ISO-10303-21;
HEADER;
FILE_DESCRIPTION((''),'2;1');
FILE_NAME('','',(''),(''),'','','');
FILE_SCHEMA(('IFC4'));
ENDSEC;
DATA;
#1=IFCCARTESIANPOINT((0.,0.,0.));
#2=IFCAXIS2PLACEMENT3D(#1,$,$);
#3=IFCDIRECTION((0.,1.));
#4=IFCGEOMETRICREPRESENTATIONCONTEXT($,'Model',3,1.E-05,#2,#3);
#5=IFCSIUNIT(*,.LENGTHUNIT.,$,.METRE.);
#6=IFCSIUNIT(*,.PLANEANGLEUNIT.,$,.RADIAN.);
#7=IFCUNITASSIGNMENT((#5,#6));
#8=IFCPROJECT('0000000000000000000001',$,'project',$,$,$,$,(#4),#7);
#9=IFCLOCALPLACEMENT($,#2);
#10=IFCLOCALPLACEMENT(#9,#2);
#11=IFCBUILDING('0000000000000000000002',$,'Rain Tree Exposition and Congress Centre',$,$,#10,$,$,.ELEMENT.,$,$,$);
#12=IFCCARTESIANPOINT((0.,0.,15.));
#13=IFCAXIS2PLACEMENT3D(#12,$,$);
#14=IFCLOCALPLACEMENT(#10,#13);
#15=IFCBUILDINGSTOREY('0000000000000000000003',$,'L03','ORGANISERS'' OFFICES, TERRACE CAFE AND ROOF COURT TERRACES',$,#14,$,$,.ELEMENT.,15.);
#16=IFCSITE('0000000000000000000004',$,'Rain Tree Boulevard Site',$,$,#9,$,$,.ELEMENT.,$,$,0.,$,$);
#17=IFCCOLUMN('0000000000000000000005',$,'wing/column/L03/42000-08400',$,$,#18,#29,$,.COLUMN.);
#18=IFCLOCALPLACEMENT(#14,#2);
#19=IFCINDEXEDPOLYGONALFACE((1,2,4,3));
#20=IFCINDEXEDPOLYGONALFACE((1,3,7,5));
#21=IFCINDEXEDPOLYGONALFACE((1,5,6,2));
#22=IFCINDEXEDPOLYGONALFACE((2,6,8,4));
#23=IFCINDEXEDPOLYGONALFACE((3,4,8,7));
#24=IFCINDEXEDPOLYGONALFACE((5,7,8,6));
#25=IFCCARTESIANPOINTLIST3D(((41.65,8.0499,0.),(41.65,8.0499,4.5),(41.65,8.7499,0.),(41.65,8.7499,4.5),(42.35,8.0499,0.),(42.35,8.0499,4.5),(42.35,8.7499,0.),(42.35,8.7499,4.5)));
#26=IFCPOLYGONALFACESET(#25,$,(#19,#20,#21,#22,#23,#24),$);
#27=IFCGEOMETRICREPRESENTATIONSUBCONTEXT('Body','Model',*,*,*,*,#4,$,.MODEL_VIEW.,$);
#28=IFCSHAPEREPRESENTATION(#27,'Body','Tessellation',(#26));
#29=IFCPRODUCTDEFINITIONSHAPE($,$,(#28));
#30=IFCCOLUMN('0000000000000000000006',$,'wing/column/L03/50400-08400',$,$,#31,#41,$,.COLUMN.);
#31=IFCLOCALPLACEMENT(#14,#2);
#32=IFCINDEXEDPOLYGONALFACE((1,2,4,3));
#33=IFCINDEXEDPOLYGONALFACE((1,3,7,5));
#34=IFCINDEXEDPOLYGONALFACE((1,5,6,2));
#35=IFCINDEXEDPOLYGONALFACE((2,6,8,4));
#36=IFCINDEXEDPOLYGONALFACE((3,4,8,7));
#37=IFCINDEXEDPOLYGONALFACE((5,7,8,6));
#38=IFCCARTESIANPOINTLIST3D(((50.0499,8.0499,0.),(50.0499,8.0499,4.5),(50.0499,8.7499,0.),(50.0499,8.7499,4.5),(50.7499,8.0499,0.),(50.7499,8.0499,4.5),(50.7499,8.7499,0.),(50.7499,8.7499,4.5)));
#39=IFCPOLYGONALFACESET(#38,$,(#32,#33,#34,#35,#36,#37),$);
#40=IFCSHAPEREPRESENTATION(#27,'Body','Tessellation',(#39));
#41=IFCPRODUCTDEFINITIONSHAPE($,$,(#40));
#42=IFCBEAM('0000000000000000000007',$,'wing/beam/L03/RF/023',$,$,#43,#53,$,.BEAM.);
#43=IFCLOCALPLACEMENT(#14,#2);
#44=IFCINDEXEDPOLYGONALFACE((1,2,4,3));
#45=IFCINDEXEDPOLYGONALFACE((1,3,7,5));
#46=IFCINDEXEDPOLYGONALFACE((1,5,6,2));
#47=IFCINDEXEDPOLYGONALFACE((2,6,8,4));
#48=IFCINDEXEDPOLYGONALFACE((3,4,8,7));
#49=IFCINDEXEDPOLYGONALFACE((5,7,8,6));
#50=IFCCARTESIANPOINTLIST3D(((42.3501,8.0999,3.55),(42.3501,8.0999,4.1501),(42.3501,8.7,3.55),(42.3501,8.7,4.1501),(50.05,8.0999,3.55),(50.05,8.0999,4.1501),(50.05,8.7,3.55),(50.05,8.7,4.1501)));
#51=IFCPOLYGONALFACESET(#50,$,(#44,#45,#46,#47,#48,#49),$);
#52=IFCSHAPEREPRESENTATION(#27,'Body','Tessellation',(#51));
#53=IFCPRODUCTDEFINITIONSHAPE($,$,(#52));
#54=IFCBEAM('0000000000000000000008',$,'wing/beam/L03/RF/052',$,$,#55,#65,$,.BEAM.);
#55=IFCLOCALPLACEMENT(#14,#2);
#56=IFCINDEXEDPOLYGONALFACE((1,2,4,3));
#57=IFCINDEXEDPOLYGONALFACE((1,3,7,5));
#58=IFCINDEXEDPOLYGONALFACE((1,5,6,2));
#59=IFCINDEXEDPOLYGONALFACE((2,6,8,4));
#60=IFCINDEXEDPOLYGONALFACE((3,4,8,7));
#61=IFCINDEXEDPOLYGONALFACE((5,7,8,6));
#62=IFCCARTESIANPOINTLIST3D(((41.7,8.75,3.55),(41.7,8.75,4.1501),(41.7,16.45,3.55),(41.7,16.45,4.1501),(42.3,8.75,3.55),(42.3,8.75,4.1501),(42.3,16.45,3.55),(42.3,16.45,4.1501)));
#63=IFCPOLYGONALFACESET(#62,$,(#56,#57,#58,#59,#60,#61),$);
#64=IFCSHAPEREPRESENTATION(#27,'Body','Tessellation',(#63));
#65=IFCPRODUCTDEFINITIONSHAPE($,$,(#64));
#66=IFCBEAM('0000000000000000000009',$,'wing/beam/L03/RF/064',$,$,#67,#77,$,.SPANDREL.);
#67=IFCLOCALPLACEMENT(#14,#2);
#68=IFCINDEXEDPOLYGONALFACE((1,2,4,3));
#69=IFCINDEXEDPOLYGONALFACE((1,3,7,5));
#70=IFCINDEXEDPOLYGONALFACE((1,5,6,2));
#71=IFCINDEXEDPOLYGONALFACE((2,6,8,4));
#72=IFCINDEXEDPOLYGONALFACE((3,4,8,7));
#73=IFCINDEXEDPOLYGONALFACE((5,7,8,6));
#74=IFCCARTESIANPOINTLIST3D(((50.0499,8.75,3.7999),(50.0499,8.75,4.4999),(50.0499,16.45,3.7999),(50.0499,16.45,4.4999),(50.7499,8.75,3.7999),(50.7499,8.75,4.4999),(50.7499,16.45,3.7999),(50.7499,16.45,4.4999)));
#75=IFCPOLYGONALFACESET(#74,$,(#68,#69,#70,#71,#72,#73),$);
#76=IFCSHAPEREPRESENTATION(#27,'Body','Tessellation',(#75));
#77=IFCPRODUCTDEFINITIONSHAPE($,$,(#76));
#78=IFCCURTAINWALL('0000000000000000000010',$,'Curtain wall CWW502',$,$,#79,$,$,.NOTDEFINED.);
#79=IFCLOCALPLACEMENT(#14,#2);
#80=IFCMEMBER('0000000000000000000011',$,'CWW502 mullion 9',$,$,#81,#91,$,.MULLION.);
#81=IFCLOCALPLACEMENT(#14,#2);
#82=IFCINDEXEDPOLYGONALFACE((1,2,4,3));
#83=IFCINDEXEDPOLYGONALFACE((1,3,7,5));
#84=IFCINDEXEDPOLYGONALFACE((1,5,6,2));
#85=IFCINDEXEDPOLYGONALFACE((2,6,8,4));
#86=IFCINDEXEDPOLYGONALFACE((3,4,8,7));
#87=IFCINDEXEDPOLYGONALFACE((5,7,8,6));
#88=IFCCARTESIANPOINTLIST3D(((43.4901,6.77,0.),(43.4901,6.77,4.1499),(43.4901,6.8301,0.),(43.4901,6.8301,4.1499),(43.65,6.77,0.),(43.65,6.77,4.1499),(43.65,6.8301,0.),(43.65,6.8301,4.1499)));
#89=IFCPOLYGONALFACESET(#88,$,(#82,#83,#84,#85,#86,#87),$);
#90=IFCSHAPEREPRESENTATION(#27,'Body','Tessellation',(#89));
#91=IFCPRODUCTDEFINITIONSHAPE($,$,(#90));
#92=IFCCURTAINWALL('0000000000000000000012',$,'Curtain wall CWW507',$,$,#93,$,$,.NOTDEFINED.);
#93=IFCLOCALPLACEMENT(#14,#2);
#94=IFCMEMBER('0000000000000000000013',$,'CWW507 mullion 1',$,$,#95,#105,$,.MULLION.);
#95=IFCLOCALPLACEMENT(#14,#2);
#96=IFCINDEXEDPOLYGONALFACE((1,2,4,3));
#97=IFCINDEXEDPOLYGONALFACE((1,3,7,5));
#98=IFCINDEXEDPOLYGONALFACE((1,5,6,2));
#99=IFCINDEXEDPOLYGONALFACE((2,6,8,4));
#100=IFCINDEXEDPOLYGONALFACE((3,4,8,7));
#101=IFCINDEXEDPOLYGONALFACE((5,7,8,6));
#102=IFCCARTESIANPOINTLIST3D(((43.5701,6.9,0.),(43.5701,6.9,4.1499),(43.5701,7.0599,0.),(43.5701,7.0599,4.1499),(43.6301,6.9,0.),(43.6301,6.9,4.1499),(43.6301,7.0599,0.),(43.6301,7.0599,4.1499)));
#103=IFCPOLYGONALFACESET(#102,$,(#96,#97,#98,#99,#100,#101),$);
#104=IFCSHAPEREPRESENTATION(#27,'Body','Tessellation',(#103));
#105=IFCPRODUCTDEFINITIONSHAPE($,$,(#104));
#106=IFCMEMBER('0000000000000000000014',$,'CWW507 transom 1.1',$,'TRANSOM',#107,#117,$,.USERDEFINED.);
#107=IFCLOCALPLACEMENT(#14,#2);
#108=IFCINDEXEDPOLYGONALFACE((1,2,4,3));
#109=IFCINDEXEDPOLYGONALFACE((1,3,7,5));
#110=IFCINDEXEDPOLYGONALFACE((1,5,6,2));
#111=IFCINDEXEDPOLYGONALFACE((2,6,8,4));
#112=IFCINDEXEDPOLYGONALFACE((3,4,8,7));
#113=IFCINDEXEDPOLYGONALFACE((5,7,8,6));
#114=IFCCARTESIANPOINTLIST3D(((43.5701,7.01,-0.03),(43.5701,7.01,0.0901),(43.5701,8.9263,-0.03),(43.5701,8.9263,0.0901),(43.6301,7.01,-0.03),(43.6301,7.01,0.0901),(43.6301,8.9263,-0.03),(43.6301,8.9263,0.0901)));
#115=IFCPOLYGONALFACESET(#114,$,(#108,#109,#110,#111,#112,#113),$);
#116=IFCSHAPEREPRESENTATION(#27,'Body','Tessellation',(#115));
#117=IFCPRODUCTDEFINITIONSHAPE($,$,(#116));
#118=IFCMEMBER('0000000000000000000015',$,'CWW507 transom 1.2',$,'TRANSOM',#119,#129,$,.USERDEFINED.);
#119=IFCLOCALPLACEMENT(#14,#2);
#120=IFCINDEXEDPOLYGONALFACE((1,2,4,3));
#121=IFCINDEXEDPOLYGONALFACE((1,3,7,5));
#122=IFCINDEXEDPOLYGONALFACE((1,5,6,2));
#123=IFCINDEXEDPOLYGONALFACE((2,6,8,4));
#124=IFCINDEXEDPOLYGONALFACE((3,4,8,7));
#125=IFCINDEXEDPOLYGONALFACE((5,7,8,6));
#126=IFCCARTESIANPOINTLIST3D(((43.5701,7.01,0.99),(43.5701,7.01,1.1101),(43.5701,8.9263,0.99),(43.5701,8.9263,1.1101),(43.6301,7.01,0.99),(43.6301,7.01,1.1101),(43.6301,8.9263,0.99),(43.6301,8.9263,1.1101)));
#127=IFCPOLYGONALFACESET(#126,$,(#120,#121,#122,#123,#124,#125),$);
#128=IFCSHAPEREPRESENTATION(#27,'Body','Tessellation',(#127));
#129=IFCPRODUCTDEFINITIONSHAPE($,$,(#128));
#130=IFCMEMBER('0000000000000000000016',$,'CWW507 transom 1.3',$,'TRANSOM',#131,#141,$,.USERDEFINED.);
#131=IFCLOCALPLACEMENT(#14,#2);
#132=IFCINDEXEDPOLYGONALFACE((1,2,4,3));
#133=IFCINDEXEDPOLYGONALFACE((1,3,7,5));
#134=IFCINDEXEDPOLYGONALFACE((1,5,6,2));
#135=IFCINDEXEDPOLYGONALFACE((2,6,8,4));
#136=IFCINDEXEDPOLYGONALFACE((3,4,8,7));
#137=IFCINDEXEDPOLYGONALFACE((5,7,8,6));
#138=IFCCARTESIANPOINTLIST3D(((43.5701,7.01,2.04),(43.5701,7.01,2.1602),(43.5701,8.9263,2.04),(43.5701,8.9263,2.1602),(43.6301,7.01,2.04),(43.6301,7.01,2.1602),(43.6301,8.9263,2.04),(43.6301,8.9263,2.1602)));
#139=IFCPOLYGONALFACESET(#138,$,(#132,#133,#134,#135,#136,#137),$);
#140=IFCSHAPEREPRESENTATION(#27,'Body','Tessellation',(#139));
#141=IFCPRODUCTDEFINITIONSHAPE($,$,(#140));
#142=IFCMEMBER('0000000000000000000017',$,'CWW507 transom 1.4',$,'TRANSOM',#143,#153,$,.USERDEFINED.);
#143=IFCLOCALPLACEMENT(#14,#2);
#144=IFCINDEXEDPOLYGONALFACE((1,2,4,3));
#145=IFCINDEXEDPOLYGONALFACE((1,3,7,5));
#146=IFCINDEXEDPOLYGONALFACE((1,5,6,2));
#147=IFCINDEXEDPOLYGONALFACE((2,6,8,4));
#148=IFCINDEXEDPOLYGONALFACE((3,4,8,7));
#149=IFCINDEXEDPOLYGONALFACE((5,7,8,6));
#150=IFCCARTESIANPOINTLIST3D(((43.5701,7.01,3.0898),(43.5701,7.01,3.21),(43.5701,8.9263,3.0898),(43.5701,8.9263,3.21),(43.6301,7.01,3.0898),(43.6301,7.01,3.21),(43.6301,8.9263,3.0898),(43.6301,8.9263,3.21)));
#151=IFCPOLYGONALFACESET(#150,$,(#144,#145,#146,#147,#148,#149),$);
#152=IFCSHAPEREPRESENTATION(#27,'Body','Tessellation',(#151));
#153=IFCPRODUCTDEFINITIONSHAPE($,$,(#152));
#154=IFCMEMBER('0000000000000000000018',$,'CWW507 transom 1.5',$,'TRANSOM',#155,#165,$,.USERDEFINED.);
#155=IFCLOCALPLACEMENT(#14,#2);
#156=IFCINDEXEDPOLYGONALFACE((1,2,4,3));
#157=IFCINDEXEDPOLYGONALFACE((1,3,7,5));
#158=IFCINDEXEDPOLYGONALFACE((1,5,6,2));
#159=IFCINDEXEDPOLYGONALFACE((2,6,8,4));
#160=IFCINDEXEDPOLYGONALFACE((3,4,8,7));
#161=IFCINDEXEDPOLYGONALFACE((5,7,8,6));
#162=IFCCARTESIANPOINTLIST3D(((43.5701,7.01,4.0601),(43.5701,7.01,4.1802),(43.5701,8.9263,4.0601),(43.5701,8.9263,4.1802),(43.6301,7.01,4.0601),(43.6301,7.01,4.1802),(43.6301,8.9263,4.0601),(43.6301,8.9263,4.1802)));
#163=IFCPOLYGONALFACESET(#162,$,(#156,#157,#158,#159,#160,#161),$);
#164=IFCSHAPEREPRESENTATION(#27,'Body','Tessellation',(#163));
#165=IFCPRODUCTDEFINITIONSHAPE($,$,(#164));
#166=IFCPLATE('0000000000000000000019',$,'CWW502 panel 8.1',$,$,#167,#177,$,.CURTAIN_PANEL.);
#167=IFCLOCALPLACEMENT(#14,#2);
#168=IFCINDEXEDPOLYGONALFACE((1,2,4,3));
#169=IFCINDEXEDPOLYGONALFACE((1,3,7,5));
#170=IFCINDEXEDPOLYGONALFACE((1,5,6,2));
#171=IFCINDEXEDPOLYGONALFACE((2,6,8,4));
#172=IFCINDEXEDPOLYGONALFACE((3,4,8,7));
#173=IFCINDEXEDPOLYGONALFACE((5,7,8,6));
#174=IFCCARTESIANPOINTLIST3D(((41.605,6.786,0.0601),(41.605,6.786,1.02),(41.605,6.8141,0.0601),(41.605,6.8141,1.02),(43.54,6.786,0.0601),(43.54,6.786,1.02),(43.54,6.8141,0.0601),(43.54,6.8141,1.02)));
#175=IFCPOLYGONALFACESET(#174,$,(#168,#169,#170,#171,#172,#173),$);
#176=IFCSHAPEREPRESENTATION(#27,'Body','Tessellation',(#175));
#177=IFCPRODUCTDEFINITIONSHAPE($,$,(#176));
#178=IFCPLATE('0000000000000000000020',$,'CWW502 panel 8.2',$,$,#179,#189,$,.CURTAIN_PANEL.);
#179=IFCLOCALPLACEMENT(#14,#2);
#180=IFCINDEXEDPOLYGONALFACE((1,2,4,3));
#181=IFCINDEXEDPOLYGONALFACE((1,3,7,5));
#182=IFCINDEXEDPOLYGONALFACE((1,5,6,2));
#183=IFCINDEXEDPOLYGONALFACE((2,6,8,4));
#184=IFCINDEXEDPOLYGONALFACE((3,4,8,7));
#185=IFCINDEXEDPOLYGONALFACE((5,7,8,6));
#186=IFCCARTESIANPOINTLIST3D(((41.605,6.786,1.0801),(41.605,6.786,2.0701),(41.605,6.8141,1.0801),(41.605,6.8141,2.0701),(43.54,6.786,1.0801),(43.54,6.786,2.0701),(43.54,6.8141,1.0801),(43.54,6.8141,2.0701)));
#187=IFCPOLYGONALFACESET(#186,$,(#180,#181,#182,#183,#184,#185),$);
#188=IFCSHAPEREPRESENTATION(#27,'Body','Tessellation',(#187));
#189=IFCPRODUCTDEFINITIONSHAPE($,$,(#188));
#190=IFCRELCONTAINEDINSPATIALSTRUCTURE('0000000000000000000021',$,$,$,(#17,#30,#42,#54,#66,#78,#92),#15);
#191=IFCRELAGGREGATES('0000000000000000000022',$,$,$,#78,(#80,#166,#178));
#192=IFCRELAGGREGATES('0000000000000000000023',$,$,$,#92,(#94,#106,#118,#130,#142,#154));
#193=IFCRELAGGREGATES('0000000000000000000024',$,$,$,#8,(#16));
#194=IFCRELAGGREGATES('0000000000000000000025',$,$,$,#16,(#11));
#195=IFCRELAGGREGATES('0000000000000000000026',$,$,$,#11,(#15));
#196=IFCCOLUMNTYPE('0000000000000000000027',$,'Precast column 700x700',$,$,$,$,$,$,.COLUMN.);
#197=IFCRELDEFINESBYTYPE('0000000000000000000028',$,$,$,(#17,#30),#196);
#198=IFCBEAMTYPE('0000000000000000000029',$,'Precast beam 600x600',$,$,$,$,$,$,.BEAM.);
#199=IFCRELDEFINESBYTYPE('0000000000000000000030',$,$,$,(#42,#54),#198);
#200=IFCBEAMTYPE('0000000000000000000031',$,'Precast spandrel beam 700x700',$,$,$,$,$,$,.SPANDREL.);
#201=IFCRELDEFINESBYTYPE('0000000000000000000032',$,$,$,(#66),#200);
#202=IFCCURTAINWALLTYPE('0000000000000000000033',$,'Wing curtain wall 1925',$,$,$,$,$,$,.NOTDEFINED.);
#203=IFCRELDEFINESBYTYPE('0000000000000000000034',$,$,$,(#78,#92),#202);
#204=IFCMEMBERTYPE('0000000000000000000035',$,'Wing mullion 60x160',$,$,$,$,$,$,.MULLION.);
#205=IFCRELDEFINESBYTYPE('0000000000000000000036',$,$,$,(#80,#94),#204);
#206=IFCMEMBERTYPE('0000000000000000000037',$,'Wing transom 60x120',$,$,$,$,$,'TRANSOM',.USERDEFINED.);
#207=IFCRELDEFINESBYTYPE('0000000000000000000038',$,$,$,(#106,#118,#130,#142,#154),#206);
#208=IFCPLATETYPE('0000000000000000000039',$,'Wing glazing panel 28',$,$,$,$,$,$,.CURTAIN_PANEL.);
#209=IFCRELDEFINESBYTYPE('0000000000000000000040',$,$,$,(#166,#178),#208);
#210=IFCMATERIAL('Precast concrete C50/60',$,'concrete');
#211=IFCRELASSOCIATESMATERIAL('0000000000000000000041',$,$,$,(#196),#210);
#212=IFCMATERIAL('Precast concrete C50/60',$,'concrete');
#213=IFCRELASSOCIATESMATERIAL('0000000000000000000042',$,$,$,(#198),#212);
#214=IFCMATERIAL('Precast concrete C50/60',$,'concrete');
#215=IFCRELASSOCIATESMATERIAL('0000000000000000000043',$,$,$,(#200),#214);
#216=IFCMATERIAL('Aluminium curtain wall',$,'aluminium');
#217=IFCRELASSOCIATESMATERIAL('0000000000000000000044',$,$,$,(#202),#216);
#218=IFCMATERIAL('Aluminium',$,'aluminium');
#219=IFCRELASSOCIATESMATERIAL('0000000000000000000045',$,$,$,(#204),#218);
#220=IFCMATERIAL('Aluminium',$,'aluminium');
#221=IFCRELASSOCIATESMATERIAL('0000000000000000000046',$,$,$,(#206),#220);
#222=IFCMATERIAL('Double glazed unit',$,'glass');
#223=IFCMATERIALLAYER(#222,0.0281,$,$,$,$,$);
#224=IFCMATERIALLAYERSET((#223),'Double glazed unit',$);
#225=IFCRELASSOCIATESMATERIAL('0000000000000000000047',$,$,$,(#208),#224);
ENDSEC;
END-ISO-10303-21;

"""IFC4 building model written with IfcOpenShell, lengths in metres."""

from ifc_helpers import new_model, si_unit, direction, frame, origin, origin_2d, place, context, subcontext, project, spatial, rectangle, extrude, material, layer, layer_set, material_profile, profile_set, type_object, element, aggregate, save


model = new_model("IFC4")

# Units and contexts
model_context = context("Model", 3, precision=1e-05, world=origin(), true_north=direction((0.0, 1.0)))
body_context = subcontext(model_context, "Body", "Model", "MODEL_VIEW")
ifc_project = project(units=[si_unit("LENGTHUNIT", "METRE"), si_unit("PLANEANGLEUNIT", "RADIAN")], contexts=[model_context])

# Site, building, storey
site_placement = place(None, origin())
site = spatial("IfcSite", under=ifc_project, at=site_placement, Name="Rain Tree Boulevard Site", CompositionType="ELEMENT", RefElevation=0.0)
building_placement = place(site_placement, origin())
building = spatial("IfcBuilding", under=site, at=building_placement, Name="Rain Tree Exposition and Congress Centre", CompositionType="ELEMENT")
storey_placement = place(building_placement, frame((0.0, 0.0, 15.0)))
storey = spatial("IfcBuildingStorey", under=building, at=storey_placement, Name="L03", Description="ORGANISERS' OFFICES, TERRACE CAFE AND ROOF COURT TERRACES", CompositionType="ELEMENT", Elevation=15.0)

# Columns
ifc_material_1 = material(Name="Precast concrete C50/60", Category="concrete")
ifc_material_profile_1 = material_profile(ifc_material_1, rectangle(XDim=0.7, YDim=0.7, at=origin_2d()), Name="RC 700x700")
ifc_profile_set_1 = profile_set([ifc_material_profile_1], Name="Precast concrete C50/60")
column_type = type_object("IfcColumnType", Name="Precast column 700x700", PredefinedType="COLUMN", material=ifc_profile_set_1)
for number, where, z_axis, x_axis, name in (
    (1, (42.0, 8.3999, 0.0), (0.0, 0.0, 1.0), (1.0, 0.0, 0.0), "wing/column/L03/42000-08400"),
    (2, (50.3999, 8.3999, 0.0), (0.0, 0.0, 1.0), (1.0, 0.0, 0.0), "wing/column/L03/50400-08400"),
):
    element("IfcColumn", number, at=place(storey_placement, frame(where, z_axis=z_axis, x_axis=x_axis)), inside=storey, type_object=column_type, Name=name, PredefinedType="COLUMN", context=body_context, shape_type="SweptSolid", body=[
        extrude(rectangle(XDim=0.7, YDim=0.7, at=origin_2d()), origin(), (0.0, 0.0, 1.0), 4.5),
    ])

# Beams
ifc_material_2 = material(Name="Precast concrete C50/60", Category="concrete")
ifc_material_profile_2 = material_profile(ifc_material_2, rectangle(XDim=0.6001, YDim=0.6001, at=origin_2d()), Name="RC 600x600")
ifc_profile_set_2 = profile_set([ifc_material_profile_2], Name="Precast concrete C50/60")
beam_type_1 = type_object("IfcBeamType", Name="Precast beam 600x600", PredefinedType="BEAM", material=ifc_profile_set_2)
for number, where, z_axis, x_axis, name in (
    (3, (42.3501, 8.3999, 3.8501), (1.0, 0.0, 0.0), (0.0, 1.0, 0.0), "wing/beam/L03/RF/023"),
    (4, (42.0, 8.75, 3.8501), (0.0, 1.0, 0.0), (-1.0, 0.0, 0.0), "wing/beam/L03/RF/052"),
):
    element("IfcBeam", number, at=place(storey_placement, frame(where, z_axis=z_axis, x_axis=x_axis)), inside=storey, type_object=beam_type_1, Name=name, PredefinedType="BEAM", context=body_context, shape_type="SweptSolid", body=[
        extrude(rectangle(XDim=0.6001, YDim=0.6001, at=origin_2d()), origin(), (0.0, 0.0, 1.0), 7.7),
    ])
ifc_material_3 = material(Name="Precast concrete C50/60", Category="concrete")
ifc_material_profile_3 = material_profile(ifc_material_3, rectangle(XDim=0.7, YDim=0.7, at=origin_2d()), Name="RC 700x700")
ifc_profile_set_3 = profile_set([ifc_material_profile_3], Name="Precast concrete C50/60")
beam_type_2 = type_object("IfcBeamType", Name="Precast spandrel beam 700x700", PredefinedType="SPANDREL", material=ifc_profile_set_3)
beam_placement = place(storey_placement, frame((50.3999, 8.75, 4.1499), z_axis=(0.0, 1.0, 0.0), x_axis=(-1.0, 0.0, 0.0)))
element("IfcBeam", 5, at=beam_placement, inside=storey, type_object=beam_type_2, Name="wing/beam/L03/RF/064", PredefinedType="SPANDREL", context=body_context, shape_type="SweptSolid", body=[
    extrude(rectangle(XDim=0.7, YDim=0.7, at=origin_2d()), origin(), (0.0, 0.0, 1.0), 7.7),
])

# Curtain wall, member
ifc_material_4 = material(Name="Aluminium curtain wall", Category="aluminium")
curtain_wall_type = type_object("IfcCurtainWallType", Name="Wing curtain wall 1925", PredefinedType="NOTDEFINED", material=ifc_material_4)
curtain_wall_1_placement = place(storey_placement, origin())
curtain_wall_1 = element("IfcCurtainWall", 6, at=curtain_wall_1_placement, inside=storey, type_object=curtain_wall_type, Name="Curtain wall CWW502", PredefinedType="NOTDEFINED")
ifc_material_5 = material(Name="Aluminium", Category="aluminium")
ifc_material_profile_4 = material_profile(ifc_material_5, rectangle(XDim=0.0601, YDim=0.1599, at=origin_2d()), Name="Aluminium 60x160")
ifc_profile_set_4 = profile_set([ifc_material_profile_4], Name="Aluminium")
member_type_1 = type_object("IfcMemberType", Name="Wing mullion 60x160", PredefinedType="MULLION", material=ifc_profile_set_4)
member_1_placement = place(storey_placement, frame((43.5701, 6.8, 0.0), z_axis=(0.0, 0.0, 1.0), x_axis=(0.0, 1.0, 0.0)))
member_1 = element("IfcMember", 7, at=member_1_placement, type_object=member_type_1, Name="CWW502 mullion 9", PredefinedType="MULLION", context=body_context, shape_type="SweptSolid", body=[
    extrude(rectangle(XDim=0.0601, YDim=0.1599, at=origin_2d()), origin(), (0.0, 0.0, 1.0), 4.1499),
])

# Curtain wall, members
curtain_wall_2_placement = place(storey_placement, origin())
curtain_wall_2 = element("IfcCurtainWall", 8, at=curtain_wall_2_placement, inside=storey, type_object=curtain_wall_type, Name="Curtain wall CWW507", PredefinedType="NOTDEFINED")
member_2_placement = place(storey_placement, frame((43.6001, 6.98, 0.0), z_axis=(0.0, 0.0, 1.0), x_axis=(-1.0, 0.0, 0.0)))
member_2 = element("IfcMember", 9, at=member_2_placement, type_object=member_type_1, Name="CWW507 mullion 1", PredefinedType="MULLION", context=body_context, shape_type="SweptSolid", body=[
    extrude(rectangle(XDim=0.0601, YDim=0.1599, at=origin_2d()), origin(), (0.0, 0.0, 1.0), 4.1499),
])
ifc_material_6 = material(Name="Aluminium", Category="aluminium")
ifc_material_profile_5 = material_profile(ifc_material_6, rectangle(XDim=0.0601, YDim=0.1201, at=origin_2d()), Name="Aluminium 60x120")
ifc_profile_set_5 = profile_set([ifc_material_profile_5], Name="Aluminium")
member_type_2 = type_object("IfcMemberType", Name="Wing transom 60x120", ElementType="TRANSOM", PredefinedType="USERDEFINED", material=ifc_profile_set_5)
member_3_placement = place(storey_placement, frame((43.6001, 7.01, 0.03), z_axis=(0.0, 1.0, 0.0), x_axis=(-1.0, 0.0, 0.0)))
member_3 = element("IfcMember", 10, at=member_3_placement, type_object=member_type_2, Name="CWW507 transom 1.1", ObjectType="TRANSOM", PredefinedType="USERDEFINED", context=body_context, shape_type="SweptSolid", body=[
    extrude(rectangle(XDim=0.0601, YDim=0.1201, at=origin_2d()), origin(), (0.0, 0.0, 1.0), 1.9163),
])
member_4_placement = place(storey_placement, frame((43.6001, 7.01, 1.05), z_axis=(0.0, 1.0, 0.0), x_axis=(-1.0, 0.0, 0.0)))
member_4 = element("IfcMember", 11, at=member_4_placement, type_object=member_type_2, Name="CWW507 transom 1.2", ObjectType="TRANSOM", PredefinedType="USERDEFINED", context=body_context, shape_type="SweptSolid", body=[
    extrude(rectangle(XDim=0.0601, YDim=0.1201, at=origin_2d()), origin(), (0.0, 0.0, 1.0), 1.9163),
])
member_5_placement = place(storey_placement, frame((43.6001, 7.01, 2.1001), z_axis=(0.0, 1.0, 0.0), x_axis=(-1.0, 0.0, 0.0)))
member_5 = element("IfcMember", 12, at=member_5_placement, type_object=member_type_2, Name="CWW507 transom 1.3", ObjectType="TRANSOM", PredefinedType="USERDEFINED", context=body_context, shape_type="SweptSolid", body=[
    extrude(rectangle(XDim=0.0601, YDim=0.1201, at=origin_2d()), origin(), (0.0, 0.0, 1.0), 1.9163),
])
member_6_placement = place(storey_placement, frame((43.6001, 7.01, 3.1499), z_axis=(0.0, 1.0, 0.0), x_axis=(-1.0, 0.0, 0.0)))
member_6 = element("IfcMember", 13, at=member_6_placement, type_object=member_type_2, Name="CWW507 transom 1.4", ObjectType="TRANSOM", PredefinedType="USERDEFINED", context=body_context, shape_type="SweptSolid", body=[
    extrude(rectangle(XDim=0.0601, YDim=0.1201, at=origin_2d()), origin(), (0.0, 0.0, 1.0), 1.9163),
])
member_7_placement = place(storey_placement, frame((43.6001, 7.01, 4.1201), z_axis=(0.0, 1.0, 0.0), x_axis=(-1.0, 0.0, 0.0)))
member_7 = element("IfcMember", 14, at=member_7_placement, type_object=member_type_2, Name="CWW507 transom 1.5", ObjectType="TRANSOM", PredefinedType="USERDEFINED", context=body_context, shape_type="SweptSolid", body=[
    extrude(rectangle(XDim=0.0601, YDim=0.1201, at=origin_2d()), origin(), (0.0, 0.0, 1.0), 1.9163),
])

# Plates
ifc_material_7 = material(Name="Double glazed unit", Category="glass")
ifc_layer_1 = layer(ifc_material_7, 0.0281)
ifc_layer_set_1 = layer_set([ifc_layer_1], Name="Double glazed unit")
plate_type = type_object("IfcPlateType", Name="Wing glazing panel 28", PredefinedType="CURTAIN_PANEL", material=ifc_layer_set_1)
plate_1_placement = place(storey_placement, frame((42.5725, 6.8, 0.0601), z_axis=(0.0, 0.0, 1.0), x_axis=(1.0, 0.0, 0.0)))
plate_1 = element("IfcPlate", 15, at=plate_1_placement, type_object=plate_type, Name="CWW502 panel 8.1", PredefinedType="CURTAIN_PANEL", context=body_context, shape_type="SweptSolid", body=[
    extrude(rectangle(XDim=1.9351, YDim=0.0281, at=origin_2d()), origin(), (0.0, 0.0, 1.0), 0.96),
])
plate_2_placement = place(storey_placement, frame((42.5725, 6.8, 1.0801), z_axis=(0.0, 0.0, 1.0), x_axis=(1.0, 0.0, 0.0)))
plate_2 = element("IfcPlate", 16, at=plate_2_placement, type_object=plate_type, Name="CWW502 panel 8.2", PredefinedType="CURTAIN_PANEL", context=body_context, shape_type="SweptSolid", body=[
    extrude(rectangle(XDim=1.9351, YDim=0.0281, at=origin_2d()), origin(), (0.0, 0.0, 1.0), 0.99),
])
aggregate(curtain_wall_1, [member_1, plate_1, plate_2])
aggregate(curtain_wall_2, [member_2, member_3, member_4, member_5, member_6, member_7])

save(model, "model.ifc")
